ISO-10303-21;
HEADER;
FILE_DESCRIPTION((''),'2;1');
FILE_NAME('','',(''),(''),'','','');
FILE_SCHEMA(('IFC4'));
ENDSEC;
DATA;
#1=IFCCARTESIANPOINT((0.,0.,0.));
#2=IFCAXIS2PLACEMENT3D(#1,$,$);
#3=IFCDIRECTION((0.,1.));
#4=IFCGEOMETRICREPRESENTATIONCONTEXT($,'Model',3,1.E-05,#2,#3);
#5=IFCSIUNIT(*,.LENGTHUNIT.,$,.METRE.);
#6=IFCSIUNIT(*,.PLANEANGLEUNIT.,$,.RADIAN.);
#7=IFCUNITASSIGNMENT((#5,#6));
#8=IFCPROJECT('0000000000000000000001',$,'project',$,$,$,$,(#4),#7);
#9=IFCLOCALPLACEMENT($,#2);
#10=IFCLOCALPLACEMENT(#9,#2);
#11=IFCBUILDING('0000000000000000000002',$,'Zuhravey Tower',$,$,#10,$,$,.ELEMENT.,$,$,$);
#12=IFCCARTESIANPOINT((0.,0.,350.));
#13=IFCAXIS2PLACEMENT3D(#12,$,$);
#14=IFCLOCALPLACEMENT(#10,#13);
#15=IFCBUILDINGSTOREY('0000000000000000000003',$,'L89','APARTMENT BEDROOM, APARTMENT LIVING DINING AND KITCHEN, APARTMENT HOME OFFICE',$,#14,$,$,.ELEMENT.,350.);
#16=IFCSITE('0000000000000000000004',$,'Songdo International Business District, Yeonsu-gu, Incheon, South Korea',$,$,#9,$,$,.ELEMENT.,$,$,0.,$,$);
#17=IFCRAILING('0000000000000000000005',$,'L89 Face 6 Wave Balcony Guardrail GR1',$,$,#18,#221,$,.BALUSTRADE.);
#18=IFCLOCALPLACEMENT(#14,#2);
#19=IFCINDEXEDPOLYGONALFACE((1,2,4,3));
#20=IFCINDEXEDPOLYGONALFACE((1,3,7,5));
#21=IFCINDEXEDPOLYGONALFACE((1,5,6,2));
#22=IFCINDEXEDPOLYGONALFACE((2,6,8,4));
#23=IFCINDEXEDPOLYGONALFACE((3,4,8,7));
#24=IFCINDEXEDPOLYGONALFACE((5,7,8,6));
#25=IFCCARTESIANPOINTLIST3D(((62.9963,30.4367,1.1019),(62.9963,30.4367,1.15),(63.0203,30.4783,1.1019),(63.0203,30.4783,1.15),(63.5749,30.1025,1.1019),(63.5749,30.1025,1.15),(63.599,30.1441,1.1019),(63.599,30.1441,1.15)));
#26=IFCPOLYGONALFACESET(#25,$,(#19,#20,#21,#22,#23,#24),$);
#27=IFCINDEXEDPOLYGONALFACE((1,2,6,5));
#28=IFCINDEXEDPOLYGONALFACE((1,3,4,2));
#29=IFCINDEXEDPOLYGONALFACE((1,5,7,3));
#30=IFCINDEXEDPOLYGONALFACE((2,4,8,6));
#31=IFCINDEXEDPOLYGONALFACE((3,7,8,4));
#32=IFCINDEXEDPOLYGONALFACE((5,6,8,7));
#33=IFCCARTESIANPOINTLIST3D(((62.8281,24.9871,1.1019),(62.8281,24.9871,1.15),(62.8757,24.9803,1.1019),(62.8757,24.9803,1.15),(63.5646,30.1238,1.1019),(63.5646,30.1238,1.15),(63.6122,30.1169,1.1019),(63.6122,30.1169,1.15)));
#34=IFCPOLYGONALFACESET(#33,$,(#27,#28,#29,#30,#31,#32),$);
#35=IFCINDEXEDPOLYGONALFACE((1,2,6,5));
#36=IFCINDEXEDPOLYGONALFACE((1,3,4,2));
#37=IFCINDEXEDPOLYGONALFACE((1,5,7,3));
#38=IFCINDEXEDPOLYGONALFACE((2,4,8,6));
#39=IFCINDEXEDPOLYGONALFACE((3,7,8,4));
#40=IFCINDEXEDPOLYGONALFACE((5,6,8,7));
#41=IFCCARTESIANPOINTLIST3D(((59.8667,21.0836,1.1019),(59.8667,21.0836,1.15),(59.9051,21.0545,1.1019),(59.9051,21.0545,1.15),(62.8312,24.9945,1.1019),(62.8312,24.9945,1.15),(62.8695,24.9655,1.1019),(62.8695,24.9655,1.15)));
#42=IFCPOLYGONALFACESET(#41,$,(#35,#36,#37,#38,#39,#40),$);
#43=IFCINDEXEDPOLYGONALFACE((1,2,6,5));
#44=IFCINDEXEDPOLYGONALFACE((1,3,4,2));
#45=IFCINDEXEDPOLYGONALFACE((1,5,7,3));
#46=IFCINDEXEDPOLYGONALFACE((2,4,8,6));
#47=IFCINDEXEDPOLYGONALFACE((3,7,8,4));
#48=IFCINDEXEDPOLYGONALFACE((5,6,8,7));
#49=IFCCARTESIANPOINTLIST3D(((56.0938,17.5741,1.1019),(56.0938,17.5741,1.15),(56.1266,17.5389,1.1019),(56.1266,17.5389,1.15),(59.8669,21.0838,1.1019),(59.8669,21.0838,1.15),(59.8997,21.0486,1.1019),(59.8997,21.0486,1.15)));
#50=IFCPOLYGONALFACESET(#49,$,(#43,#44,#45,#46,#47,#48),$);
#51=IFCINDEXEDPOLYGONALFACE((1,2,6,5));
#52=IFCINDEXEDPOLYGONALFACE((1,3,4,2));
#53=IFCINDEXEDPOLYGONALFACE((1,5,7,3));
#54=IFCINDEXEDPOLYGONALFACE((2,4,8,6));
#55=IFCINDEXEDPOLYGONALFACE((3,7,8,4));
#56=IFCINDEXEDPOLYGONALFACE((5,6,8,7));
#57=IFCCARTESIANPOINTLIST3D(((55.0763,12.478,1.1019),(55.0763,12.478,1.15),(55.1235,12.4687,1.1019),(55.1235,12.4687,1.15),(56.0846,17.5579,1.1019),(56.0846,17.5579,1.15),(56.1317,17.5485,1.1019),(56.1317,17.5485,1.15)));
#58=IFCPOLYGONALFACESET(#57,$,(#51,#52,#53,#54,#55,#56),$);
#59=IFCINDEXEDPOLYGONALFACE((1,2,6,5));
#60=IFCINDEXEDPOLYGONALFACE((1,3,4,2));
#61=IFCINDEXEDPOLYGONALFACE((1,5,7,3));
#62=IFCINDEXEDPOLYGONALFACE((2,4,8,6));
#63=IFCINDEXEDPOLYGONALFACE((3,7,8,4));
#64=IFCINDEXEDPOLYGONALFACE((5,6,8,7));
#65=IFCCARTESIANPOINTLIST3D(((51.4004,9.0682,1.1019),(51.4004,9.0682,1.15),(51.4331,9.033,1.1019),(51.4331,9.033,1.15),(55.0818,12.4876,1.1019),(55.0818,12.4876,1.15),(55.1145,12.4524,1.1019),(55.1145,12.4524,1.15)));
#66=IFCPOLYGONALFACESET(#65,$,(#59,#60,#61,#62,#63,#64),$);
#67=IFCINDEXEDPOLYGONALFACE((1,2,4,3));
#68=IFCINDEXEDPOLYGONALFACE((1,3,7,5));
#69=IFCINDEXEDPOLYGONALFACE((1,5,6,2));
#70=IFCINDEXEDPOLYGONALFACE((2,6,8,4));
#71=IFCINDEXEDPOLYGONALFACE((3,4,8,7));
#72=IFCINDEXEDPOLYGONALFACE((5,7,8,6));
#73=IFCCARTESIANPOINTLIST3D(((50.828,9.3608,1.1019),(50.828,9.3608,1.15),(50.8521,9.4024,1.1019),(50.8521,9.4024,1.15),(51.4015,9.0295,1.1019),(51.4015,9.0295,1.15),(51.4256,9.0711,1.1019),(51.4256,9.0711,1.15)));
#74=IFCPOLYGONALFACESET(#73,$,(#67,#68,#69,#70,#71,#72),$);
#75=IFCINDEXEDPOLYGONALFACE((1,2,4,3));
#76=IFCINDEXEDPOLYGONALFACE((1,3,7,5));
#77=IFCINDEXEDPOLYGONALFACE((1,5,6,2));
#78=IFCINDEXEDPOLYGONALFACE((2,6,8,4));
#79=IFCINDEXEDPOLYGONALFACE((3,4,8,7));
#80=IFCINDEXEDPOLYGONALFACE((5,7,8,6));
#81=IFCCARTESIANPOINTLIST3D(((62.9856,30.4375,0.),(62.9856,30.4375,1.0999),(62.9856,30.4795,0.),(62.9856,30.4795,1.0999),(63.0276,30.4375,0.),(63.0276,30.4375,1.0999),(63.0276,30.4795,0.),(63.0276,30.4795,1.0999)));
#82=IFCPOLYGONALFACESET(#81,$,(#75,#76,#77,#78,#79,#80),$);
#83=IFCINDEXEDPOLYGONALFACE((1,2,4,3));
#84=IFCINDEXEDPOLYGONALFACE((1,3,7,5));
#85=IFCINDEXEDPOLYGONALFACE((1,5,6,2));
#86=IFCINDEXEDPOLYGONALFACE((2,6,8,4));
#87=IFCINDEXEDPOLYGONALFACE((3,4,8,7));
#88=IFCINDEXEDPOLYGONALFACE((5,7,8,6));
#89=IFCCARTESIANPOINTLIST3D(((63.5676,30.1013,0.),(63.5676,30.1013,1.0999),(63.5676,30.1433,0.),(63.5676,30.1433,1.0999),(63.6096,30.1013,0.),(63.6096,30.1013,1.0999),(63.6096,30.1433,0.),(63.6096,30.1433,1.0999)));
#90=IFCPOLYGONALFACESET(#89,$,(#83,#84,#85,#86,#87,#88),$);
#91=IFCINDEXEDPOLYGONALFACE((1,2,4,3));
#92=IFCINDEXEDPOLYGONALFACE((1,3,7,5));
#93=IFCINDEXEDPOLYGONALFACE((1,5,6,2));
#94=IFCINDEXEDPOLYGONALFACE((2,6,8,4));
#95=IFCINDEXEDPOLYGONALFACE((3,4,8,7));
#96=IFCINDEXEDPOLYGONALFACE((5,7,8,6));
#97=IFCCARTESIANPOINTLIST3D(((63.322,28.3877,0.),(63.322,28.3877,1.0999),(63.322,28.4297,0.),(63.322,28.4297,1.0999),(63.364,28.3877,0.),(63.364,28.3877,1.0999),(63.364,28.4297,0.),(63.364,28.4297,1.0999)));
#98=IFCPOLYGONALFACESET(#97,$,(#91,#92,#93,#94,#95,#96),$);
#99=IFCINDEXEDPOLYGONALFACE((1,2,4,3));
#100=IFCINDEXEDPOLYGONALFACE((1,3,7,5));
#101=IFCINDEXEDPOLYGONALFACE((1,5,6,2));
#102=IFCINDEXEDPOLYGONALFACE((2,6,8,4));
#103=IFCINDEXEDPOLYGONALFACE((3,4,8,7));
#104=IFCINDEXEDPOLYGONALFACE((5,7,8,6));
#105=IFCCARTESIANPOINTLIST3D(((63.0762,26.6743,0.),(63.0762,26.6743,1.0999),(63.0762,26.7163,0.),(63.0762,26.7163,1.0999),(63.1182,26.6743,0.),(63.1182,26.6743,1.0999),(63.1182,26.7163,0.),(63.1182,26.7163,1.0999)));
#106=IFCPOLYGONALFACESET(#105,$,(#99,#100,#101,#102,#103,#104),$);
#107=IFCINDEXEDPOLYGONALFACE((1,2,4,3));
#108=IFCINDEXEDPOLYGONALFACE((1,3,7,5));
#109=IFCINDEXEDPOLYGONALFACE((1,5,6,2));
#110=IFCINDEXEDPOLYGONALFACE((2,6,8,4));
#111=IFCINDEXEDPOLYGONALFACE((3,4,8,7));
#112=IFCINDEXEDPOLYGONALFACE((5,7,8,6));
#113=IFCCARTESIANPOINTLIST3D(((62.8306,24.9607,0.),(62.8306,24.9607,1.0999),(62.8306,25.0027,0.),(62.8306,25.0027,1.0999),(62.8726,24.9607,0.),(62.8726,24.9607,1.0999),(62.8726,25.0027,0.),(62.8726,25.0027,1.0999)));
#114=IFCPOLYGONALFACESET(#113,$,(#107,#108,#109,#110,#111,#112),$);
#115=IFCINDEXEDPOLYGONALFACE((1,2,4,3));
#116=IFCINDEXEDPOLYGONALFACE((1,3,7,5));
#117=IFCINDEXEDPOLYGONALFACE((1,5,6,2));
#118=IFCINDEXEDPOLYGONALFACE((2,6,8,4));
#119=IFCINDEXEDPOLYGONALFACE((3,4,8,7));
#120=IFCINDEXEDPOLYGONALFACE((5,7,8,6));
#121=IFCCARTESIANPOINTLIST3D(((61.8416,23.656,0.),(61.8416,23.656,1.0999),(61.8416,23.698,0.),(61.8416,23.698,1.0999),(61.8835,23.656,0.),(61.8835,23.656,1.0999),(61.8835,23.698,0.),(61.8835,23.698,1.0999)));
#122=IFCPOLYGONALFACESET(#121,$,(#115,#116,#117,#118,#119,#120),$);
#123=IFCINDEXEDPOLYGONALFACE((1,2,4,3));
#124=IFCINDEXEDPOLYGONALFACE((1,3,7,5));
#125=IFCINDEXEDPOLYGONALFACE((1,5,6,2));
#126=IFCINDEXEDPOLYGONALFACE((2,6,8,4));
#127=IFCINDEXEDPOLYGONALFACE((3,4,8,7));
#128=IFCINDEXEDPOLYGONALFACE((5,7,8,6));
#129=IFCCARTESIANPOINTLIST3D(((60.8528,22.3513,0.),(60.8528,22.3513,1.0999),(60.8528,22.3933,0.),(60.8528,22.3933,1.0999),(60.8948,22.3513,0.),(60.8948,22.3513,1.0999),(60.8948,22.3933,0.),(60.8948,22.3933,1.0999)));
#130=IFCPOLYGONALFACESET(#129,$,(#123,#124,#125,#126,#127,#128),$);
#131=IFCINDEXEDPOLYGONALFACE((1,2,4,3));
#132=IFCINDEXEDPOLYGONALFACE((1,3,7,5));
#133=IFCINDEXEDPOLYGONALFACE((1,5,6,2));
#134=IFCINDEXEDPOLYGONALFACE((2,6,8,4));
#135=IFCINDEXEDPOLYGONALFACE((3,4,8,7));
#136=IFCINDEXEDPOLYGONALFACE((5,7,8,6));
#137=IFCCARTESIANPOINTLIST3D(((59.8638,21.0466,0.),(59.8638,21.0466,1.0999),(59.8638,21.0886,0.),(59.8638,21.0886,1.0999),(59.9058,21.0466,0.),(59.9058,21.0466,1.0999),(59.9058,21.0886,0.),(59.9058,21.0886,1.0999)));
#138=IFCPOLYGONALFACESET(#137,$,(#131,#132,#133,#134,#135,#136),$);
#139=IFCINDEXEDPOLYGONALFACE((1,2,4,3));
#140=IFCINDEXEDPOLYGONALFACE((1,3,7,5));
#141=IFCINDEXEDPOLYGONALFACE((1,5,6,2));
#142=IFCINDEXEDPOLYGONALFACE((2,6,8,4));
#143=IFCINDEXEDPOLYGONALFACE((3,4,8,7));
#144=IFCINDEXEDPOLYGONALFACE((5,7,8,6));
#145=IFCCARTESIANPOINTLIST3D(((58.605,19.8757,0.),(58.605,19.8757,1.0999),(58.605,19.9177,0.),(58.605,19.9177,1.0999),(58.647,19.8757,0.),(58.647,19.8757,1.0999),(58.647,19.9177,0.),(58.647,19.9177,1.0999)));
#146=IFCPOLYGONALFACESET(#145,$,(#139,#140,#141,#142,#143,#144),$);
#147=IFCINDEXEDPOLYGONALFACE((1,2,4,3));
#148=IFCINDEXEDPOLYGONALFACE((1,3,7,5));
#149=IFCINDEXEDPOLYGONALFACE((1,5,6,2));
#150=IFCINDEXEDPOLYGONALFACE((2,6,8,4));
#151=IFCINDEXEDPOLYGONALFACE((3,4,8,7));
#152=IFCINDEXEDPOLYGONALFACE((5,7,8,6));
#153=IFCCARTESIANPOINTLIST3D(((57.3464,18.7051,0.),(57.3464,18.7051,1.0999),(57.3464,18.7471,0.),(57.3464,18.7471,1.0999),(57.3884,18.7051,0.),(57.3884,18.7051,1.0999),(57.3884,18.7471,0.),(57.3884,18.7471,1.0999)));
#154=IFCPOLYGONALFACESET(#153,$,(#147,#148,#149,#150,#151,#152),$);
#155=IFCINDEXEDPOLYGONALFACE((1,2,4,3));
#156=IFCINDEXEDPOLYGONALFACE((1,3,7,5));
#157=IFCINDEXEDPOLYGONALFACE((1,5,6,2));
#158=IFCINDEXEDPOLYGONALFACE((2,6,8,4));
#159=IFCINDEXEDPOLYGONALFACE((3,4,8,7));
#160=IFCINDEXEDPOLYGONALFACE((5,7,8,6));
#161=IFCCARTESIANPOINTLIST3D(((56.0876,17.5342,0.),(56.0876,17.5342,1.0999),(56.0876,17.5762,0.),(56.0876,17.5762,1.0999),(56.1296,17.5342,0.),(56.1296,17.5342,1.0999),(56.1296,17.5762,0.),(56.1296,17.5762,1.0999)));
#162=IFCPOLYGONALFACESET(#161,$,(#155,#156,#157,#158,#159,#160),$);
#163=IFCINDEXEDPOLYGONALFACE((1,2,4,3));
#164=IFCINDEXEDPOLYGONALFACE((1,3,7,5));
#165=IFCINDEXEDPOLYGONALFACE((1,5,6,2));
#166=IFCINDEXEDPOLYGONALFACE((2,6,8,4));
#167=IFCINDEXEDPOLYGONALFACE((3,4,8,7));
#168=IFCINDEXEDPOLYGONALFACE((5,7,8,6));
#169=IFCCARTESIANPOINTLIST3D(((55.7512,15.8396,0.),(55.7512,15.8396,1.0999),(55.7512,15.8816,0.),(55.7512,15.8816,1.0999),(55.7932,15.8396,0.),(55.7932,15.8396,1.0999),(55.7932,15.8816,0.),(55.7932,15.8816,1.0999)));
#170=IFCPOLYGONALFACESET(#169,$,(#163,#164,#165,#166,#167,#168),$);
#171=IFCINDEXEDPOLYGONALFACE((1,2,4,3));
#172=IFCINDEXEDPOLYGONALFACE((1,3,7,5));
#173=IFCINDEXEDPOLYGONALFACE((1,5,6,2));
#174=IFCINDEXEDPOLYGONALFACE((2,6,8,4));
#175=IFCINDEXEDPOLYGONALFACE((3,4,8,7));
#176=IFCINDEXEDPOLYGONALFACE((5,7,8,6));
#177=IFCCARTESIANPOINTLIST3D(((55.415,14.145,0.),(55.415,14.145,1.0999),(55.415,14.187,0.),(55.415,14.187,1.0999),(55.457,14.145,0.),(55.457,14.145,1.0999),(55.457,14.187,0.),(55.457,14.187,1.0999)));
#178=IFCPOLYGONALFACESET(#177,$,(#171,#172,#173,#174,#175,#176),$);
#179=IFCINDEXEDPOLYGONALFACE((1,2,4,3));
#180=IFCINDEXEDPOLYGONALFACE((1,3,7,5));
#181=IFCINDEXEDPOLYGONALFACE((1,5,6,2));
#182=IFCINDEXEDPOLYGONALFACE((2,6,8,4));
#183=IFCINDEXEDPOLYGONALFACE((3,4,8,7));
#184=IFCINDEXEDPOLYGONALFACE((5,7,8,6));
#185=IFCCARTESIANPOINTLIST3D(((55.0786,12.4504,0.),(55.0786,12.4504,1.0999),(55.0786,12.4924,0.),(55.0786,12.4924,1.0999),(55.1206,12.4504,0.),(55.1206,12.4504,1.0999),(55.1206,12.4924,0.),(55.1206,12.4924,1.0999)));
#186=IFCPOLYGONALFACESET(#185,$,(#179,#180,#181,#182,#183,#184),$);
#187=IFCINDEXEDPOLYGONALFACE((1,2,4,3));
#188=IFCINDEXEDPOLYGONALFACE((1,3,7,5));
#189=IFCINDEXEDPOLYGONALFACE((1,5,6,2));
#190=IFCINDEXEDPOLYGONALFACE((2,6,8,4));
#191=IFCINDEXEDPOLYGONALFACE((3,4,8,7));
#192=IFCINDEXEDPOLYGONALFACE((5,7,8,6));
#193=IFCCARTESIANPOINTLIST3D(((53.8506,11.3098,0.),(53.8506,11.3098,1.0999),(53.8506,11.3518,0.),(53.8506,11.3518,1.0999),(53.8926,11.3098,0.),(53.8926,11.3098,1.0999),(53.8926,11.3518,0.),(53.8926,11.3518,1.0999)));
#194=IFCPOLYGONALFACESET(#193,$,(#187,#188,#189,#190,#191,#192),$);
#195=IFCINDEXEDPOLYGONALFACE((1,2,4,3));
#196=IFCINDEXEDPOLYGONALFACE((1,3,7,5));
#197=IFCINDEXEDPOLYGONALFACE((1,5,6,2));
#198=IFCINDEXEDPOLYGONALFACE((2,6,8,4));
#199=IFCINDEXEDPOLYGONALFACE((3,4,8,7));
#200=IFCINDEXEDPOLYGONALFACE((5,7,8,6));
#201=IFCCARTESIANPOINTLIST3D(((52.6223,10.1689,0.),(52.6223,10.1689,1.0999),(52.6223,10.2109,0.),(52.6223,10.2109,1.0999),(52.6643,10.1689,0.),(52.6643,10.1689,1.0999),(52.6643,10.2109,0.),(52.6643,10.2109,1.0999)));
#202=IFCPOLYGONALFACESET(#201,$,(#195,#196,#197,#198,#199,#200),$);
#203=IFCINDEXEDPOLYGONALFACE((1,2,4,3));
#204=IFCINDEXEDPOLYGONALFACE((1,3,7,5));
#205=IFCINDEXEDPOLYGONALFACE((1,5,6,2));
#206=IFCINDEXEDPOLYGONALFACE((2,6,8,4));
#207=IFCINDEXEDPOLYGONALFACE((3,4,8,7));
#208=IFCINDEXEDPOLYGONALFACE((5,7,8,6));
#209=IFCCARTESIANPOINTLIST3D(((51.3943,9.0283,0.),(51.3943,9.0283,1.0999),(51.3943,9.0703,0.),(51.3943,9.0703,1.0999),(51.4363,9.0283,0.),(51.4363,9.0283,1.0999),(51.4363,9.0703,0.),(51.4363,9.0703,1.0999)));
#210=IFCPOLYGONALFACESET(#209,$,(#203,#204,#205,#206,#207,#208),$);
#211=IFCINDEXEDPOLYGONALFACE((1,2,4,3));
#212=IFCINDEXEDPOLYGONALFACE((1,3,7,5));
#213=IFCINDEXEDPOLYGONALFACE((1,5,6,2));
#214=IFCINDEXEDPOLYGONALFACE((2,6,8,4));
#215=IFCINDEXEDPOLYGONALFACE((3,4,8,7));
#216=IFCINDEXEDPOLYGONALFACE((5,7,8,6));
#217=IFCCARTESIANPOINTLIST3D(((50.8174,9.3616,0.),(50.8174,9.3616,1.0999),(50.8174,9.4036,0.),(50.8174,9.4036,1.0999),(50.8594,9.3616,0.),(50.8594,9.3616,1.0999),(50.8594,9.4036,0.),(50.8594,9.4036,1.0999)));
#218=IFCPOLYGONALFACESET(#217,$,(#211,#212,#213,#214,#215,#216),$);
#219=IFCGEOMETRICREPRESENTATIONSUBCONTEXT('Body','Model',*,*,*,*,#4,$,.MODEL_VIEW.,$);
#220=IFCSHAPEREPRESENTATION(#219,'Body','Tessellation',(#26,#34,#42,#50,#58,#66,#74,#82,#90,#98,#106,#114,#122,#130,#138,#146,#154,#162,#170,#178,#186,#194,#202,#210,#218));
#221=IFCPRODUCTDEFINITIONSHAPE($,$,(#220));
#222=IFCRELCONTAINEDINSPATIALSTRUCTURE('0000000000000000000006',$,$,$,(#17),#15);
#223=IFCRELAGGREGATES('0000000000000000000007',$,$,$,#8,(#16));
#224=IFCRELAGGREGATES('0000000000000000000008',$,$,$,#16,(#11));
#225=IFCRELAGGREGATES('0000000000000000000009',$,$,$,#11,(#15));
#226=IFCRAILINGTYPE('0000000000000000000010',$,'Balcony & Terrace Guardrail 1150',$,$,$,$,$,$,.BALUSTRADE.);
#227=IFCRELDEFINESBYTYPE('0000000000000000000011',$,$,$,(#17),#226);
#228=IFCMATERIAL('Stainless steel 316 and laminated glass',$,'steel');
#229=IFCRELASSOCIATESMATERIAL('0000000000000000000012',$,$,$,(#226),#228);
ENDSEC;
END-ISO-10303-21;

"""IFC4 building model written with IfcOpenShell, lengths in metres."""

from ifc_helpers import new_model, si_unit, direction, frame, origin, origin_2d, place, context, subcontext, project, spatial, rectangle, extrude, material, type_object, element, save


model = new_model("IFC4")

# Units and contexts
model_context = context("Model", 3, precision=1e-05, world=origin(), true_north=direction((0.0, 1.0)))
body_context = subcontext(model_context, "Body", "Model", "MODEL_VIEW")
ifc_project = project(units=[si_unit("LENGTHUNIT", "METRE"), si_unit("PLANEANGLEUNIT", "RADIAN")], contexts=[model_context])

# Site, building, storey
site_placement = place(None, origin())
site = spatial("IfcSite", under=ifc_project, at=site_placement, Name="Songdo International Business District, Yeonsu-gu, Incheon, South Korea", CompositionType="ELEMENT", RefElevation=0.0)
building_placement = place(site_placement, origin())
building = spatial("IfcBuilding", under=site, at=building_placement, Name="Zuhravey Tower", CompositionType="ELEMENT")
storey_placement = place(building_placement, frame((0.0, 0.0, 350.0)))
storey = spatial("IfcBuildingStorey", under=building, at=storey_placement, Name="L89", Description="APARTMENT BEDROOM, APARTMENT LIVING DINING AND KITCHEN, APARTMENT HOME OFFICE", CompositionType="ELEMENT", Elevation=350.0)

# Railing
ifc_material_1 = material(Name="Stainless steel 316 and laminated glass", Category="steel")
railing_type = type_object("IfcRailingType", Name="Balcony & Terrace Guardrail 1150", PredefinedType="BALUSTRADE", material=ifc_material_1)
railing_placement = place(storey_placement, frame((63.0066, 30.4585, 0.0)))
element("IfcRailing", 1, at=railing_placement, inside=storey, type_object=railing_type, Name="L89 Face 6 Wave Balcony Guardrail GR1", PredefinedType="BALUSTRADE", context=body_context, shape_type="SweptSolid", body=[
    extrude(rectangle(XDim=0.0481, YDim=0.0481, at=origin_2d()), frame((0.0017, -0.001, 1.126), z_axis=(0.865931, -0.500163, 0.0), x_axis=(0.500163, 0.865931, 0.0)), (0.0, 0.0, 1.0), 0.6682),
    extrude(rectangle(XDim=0.0481, YDim=0.0481, at=origin_2d()), frame((0.5818, -0.3381, 1.126), z_axis=(-0.141928, -0.989877, 0.0), x_axis=(0.989877, -0.141928, 0.0)), (0.0, 0.0, 1.0), 5.1892),
    extrude(rectangle(XDim=0.0481, YDim=0.0481, at=origin_2d()), frame((-0.1562, -5.4785, 1.126), z_axis=(-0.604064, -0.796936, 0.0), x_axis=(0.796936, -0.604064, 0.0)), (0.0, 0.0, 1.0), 4.9075),
    extrude(rectangle(XDim=0.0481, YDim=0.0481, at=origin_2d()), frame((-3.1233, -9.3923, 1.126), z_axis=(-0.732208, -0.681081, 0.0), x_axis=(0.681081, -0.732208, 0.0)), (0.0, 0.0, 1.0), 5.1531),
    extrude(rectangle(XDim=0.0481, YDim=0.0481, at=origin_2d()), frame((-6.8984, -12.9053, 1.126), z_axis=(-0.194685, -0.980866, 0.0), x_axis=(0.980866, -0.194685, 0.0)), (0.0, 0.0, 1.0), 5.179),
    extrude(rectangle(XDim=0.0481, YDim=0.0481, at=origin_2d()), frame((-7.9084, -17.9885, 1.126), z_axis=(-0.732698, -0.680554, 0.0), x_axis=(0.680554, -0.732698, 0.0)), (0.0, 0.0, 1.0), 5.0244),
    extrude(rectangle(XDim=0.0481, YDim=0.0481, at=origin_2d()), frame((-11.593, -21.4082, 1.126), z_axis=(-0.865911, 0.500198, 0.0), x_axis=(-0.500198, -0.865911, 0.0)), (0.0, 0.0, 1.0), 0.6624),
    extrude(rectangle(XDim=0.042, YDim=0.042, at=origin_2d()), origin(), (0.0, 0.0, 1.0), 1.0999),
    extrude(rectangle(XDim=0.042, YDim=0.042, at=origin_2d()), frame((0.582, -0.3362, 0.0)), (0.0, 0.0, 1.0), 1.0999),
    extrude(rectangle(XDim=0.042, YDim=0.042, at=origin_2d()), frame((0.3364, -2.0498, 0.0)), (0.0, 0.0, 1.0), 1.0999),
    extrude(rectangle(XDim=0.042, YDim=0.042, at=origin_2d()), frame((0.0906, -3.7632, 0.0)), (0.0, 0.0, 1.0), 1.0999),
    extrude(rectangle(XDim=0.042, YDim=0.042, at=origin_2d()), frame((-0.155, -5.4768, 0.0)), (0.0, 0.0, 1.0), 1.0999),
    extrude(rectangle(XDim=0.042, YDim=0.042, at=origin_2d()), frame((-1.144, -6.7815, 0.0)), (0.0, 0.0, 1.0), 1.0999),
    extrude(rectangle(XDim=0.042, YDim=0.042, at=origin_2d()), frame((-2.1328, -8.0862, 0.0)), (0.0, 0.0, 1.0), 1.0999),
    extrude(rectangle(XDim=0.042, YDim=0.042, at=origin_2d()), frame((-3.1218, -9.3909, 0.0)), (0.0, 0.0, 1.0), 1.0999),
    extrude(rectangle(XDim=0.042, YDim=0.042, at=origin_2d()), frame((-4.3806, -10.5618, 0.0)), (0.0, 0.0, 1.0), 1.0999),
    extrude(rectangle(XDim=0.042, YDim=0.042, at=origin_2d()), frame((-5.6392, -11.7324, 0.0)), (0.0, 0.0, 1.0), 1.0999),
    extrude(rectangle(XDim=0.042, YDim=0.042, at=origin_2d()), frame((-6.8979, -12.9033, 0.0)), (0.0, 0.0, 1.0), 1.0999),
    extrude(rectangle(XDim=0.042, YDim=0.042, at=origin_2d()), frame((-7.2344, -14.5979, 0.0)), (0.0, 0.0, 1.0), 1.0999),
    extrude(rectangle(XDim=0.042, YDim=0.042, at=origin_2d()), frame((-7.5706, -16.2925, 0.0)), (0.0, 0.0, 1.0), 1.0999),
    extrude(rectangle(XDim=0.042, YDim=0.042, at=origin_2d()), frame((-7.907, -17.9871, 0.0)), (0.0, 0.0, 1.0), 1.0999),
    extrude(rectangle(XDim=0.042, YDim=0.042, at=origin_2d()), frame((-9.135, -19.1277, 0.0)), (0.0, 0.0, 1.0), 1.0999),
    extrude(rectangle(XDim=0.042, YDim=0.042, at=origin_2d()), frame((-10.3633, -20.2686, 0.0)), (0.0, 0.0, 1.0), 1.0999),
    extrude(rectangle(XDim=0.042, YDim=0.042, at=origin_2d()), frame((-11.5913, -21.4092, 0.0)), (0.0, 0.0, 1.0), 1.0999),
    extrude(rectangle(XDim=0.042, YDim=0.042, at=origin_2d()), frame((-12.1682, -21.0759, 0.0)), (0.0, 0.0, 1.0), 1.0999),
])

save(model, "model.ifc")
